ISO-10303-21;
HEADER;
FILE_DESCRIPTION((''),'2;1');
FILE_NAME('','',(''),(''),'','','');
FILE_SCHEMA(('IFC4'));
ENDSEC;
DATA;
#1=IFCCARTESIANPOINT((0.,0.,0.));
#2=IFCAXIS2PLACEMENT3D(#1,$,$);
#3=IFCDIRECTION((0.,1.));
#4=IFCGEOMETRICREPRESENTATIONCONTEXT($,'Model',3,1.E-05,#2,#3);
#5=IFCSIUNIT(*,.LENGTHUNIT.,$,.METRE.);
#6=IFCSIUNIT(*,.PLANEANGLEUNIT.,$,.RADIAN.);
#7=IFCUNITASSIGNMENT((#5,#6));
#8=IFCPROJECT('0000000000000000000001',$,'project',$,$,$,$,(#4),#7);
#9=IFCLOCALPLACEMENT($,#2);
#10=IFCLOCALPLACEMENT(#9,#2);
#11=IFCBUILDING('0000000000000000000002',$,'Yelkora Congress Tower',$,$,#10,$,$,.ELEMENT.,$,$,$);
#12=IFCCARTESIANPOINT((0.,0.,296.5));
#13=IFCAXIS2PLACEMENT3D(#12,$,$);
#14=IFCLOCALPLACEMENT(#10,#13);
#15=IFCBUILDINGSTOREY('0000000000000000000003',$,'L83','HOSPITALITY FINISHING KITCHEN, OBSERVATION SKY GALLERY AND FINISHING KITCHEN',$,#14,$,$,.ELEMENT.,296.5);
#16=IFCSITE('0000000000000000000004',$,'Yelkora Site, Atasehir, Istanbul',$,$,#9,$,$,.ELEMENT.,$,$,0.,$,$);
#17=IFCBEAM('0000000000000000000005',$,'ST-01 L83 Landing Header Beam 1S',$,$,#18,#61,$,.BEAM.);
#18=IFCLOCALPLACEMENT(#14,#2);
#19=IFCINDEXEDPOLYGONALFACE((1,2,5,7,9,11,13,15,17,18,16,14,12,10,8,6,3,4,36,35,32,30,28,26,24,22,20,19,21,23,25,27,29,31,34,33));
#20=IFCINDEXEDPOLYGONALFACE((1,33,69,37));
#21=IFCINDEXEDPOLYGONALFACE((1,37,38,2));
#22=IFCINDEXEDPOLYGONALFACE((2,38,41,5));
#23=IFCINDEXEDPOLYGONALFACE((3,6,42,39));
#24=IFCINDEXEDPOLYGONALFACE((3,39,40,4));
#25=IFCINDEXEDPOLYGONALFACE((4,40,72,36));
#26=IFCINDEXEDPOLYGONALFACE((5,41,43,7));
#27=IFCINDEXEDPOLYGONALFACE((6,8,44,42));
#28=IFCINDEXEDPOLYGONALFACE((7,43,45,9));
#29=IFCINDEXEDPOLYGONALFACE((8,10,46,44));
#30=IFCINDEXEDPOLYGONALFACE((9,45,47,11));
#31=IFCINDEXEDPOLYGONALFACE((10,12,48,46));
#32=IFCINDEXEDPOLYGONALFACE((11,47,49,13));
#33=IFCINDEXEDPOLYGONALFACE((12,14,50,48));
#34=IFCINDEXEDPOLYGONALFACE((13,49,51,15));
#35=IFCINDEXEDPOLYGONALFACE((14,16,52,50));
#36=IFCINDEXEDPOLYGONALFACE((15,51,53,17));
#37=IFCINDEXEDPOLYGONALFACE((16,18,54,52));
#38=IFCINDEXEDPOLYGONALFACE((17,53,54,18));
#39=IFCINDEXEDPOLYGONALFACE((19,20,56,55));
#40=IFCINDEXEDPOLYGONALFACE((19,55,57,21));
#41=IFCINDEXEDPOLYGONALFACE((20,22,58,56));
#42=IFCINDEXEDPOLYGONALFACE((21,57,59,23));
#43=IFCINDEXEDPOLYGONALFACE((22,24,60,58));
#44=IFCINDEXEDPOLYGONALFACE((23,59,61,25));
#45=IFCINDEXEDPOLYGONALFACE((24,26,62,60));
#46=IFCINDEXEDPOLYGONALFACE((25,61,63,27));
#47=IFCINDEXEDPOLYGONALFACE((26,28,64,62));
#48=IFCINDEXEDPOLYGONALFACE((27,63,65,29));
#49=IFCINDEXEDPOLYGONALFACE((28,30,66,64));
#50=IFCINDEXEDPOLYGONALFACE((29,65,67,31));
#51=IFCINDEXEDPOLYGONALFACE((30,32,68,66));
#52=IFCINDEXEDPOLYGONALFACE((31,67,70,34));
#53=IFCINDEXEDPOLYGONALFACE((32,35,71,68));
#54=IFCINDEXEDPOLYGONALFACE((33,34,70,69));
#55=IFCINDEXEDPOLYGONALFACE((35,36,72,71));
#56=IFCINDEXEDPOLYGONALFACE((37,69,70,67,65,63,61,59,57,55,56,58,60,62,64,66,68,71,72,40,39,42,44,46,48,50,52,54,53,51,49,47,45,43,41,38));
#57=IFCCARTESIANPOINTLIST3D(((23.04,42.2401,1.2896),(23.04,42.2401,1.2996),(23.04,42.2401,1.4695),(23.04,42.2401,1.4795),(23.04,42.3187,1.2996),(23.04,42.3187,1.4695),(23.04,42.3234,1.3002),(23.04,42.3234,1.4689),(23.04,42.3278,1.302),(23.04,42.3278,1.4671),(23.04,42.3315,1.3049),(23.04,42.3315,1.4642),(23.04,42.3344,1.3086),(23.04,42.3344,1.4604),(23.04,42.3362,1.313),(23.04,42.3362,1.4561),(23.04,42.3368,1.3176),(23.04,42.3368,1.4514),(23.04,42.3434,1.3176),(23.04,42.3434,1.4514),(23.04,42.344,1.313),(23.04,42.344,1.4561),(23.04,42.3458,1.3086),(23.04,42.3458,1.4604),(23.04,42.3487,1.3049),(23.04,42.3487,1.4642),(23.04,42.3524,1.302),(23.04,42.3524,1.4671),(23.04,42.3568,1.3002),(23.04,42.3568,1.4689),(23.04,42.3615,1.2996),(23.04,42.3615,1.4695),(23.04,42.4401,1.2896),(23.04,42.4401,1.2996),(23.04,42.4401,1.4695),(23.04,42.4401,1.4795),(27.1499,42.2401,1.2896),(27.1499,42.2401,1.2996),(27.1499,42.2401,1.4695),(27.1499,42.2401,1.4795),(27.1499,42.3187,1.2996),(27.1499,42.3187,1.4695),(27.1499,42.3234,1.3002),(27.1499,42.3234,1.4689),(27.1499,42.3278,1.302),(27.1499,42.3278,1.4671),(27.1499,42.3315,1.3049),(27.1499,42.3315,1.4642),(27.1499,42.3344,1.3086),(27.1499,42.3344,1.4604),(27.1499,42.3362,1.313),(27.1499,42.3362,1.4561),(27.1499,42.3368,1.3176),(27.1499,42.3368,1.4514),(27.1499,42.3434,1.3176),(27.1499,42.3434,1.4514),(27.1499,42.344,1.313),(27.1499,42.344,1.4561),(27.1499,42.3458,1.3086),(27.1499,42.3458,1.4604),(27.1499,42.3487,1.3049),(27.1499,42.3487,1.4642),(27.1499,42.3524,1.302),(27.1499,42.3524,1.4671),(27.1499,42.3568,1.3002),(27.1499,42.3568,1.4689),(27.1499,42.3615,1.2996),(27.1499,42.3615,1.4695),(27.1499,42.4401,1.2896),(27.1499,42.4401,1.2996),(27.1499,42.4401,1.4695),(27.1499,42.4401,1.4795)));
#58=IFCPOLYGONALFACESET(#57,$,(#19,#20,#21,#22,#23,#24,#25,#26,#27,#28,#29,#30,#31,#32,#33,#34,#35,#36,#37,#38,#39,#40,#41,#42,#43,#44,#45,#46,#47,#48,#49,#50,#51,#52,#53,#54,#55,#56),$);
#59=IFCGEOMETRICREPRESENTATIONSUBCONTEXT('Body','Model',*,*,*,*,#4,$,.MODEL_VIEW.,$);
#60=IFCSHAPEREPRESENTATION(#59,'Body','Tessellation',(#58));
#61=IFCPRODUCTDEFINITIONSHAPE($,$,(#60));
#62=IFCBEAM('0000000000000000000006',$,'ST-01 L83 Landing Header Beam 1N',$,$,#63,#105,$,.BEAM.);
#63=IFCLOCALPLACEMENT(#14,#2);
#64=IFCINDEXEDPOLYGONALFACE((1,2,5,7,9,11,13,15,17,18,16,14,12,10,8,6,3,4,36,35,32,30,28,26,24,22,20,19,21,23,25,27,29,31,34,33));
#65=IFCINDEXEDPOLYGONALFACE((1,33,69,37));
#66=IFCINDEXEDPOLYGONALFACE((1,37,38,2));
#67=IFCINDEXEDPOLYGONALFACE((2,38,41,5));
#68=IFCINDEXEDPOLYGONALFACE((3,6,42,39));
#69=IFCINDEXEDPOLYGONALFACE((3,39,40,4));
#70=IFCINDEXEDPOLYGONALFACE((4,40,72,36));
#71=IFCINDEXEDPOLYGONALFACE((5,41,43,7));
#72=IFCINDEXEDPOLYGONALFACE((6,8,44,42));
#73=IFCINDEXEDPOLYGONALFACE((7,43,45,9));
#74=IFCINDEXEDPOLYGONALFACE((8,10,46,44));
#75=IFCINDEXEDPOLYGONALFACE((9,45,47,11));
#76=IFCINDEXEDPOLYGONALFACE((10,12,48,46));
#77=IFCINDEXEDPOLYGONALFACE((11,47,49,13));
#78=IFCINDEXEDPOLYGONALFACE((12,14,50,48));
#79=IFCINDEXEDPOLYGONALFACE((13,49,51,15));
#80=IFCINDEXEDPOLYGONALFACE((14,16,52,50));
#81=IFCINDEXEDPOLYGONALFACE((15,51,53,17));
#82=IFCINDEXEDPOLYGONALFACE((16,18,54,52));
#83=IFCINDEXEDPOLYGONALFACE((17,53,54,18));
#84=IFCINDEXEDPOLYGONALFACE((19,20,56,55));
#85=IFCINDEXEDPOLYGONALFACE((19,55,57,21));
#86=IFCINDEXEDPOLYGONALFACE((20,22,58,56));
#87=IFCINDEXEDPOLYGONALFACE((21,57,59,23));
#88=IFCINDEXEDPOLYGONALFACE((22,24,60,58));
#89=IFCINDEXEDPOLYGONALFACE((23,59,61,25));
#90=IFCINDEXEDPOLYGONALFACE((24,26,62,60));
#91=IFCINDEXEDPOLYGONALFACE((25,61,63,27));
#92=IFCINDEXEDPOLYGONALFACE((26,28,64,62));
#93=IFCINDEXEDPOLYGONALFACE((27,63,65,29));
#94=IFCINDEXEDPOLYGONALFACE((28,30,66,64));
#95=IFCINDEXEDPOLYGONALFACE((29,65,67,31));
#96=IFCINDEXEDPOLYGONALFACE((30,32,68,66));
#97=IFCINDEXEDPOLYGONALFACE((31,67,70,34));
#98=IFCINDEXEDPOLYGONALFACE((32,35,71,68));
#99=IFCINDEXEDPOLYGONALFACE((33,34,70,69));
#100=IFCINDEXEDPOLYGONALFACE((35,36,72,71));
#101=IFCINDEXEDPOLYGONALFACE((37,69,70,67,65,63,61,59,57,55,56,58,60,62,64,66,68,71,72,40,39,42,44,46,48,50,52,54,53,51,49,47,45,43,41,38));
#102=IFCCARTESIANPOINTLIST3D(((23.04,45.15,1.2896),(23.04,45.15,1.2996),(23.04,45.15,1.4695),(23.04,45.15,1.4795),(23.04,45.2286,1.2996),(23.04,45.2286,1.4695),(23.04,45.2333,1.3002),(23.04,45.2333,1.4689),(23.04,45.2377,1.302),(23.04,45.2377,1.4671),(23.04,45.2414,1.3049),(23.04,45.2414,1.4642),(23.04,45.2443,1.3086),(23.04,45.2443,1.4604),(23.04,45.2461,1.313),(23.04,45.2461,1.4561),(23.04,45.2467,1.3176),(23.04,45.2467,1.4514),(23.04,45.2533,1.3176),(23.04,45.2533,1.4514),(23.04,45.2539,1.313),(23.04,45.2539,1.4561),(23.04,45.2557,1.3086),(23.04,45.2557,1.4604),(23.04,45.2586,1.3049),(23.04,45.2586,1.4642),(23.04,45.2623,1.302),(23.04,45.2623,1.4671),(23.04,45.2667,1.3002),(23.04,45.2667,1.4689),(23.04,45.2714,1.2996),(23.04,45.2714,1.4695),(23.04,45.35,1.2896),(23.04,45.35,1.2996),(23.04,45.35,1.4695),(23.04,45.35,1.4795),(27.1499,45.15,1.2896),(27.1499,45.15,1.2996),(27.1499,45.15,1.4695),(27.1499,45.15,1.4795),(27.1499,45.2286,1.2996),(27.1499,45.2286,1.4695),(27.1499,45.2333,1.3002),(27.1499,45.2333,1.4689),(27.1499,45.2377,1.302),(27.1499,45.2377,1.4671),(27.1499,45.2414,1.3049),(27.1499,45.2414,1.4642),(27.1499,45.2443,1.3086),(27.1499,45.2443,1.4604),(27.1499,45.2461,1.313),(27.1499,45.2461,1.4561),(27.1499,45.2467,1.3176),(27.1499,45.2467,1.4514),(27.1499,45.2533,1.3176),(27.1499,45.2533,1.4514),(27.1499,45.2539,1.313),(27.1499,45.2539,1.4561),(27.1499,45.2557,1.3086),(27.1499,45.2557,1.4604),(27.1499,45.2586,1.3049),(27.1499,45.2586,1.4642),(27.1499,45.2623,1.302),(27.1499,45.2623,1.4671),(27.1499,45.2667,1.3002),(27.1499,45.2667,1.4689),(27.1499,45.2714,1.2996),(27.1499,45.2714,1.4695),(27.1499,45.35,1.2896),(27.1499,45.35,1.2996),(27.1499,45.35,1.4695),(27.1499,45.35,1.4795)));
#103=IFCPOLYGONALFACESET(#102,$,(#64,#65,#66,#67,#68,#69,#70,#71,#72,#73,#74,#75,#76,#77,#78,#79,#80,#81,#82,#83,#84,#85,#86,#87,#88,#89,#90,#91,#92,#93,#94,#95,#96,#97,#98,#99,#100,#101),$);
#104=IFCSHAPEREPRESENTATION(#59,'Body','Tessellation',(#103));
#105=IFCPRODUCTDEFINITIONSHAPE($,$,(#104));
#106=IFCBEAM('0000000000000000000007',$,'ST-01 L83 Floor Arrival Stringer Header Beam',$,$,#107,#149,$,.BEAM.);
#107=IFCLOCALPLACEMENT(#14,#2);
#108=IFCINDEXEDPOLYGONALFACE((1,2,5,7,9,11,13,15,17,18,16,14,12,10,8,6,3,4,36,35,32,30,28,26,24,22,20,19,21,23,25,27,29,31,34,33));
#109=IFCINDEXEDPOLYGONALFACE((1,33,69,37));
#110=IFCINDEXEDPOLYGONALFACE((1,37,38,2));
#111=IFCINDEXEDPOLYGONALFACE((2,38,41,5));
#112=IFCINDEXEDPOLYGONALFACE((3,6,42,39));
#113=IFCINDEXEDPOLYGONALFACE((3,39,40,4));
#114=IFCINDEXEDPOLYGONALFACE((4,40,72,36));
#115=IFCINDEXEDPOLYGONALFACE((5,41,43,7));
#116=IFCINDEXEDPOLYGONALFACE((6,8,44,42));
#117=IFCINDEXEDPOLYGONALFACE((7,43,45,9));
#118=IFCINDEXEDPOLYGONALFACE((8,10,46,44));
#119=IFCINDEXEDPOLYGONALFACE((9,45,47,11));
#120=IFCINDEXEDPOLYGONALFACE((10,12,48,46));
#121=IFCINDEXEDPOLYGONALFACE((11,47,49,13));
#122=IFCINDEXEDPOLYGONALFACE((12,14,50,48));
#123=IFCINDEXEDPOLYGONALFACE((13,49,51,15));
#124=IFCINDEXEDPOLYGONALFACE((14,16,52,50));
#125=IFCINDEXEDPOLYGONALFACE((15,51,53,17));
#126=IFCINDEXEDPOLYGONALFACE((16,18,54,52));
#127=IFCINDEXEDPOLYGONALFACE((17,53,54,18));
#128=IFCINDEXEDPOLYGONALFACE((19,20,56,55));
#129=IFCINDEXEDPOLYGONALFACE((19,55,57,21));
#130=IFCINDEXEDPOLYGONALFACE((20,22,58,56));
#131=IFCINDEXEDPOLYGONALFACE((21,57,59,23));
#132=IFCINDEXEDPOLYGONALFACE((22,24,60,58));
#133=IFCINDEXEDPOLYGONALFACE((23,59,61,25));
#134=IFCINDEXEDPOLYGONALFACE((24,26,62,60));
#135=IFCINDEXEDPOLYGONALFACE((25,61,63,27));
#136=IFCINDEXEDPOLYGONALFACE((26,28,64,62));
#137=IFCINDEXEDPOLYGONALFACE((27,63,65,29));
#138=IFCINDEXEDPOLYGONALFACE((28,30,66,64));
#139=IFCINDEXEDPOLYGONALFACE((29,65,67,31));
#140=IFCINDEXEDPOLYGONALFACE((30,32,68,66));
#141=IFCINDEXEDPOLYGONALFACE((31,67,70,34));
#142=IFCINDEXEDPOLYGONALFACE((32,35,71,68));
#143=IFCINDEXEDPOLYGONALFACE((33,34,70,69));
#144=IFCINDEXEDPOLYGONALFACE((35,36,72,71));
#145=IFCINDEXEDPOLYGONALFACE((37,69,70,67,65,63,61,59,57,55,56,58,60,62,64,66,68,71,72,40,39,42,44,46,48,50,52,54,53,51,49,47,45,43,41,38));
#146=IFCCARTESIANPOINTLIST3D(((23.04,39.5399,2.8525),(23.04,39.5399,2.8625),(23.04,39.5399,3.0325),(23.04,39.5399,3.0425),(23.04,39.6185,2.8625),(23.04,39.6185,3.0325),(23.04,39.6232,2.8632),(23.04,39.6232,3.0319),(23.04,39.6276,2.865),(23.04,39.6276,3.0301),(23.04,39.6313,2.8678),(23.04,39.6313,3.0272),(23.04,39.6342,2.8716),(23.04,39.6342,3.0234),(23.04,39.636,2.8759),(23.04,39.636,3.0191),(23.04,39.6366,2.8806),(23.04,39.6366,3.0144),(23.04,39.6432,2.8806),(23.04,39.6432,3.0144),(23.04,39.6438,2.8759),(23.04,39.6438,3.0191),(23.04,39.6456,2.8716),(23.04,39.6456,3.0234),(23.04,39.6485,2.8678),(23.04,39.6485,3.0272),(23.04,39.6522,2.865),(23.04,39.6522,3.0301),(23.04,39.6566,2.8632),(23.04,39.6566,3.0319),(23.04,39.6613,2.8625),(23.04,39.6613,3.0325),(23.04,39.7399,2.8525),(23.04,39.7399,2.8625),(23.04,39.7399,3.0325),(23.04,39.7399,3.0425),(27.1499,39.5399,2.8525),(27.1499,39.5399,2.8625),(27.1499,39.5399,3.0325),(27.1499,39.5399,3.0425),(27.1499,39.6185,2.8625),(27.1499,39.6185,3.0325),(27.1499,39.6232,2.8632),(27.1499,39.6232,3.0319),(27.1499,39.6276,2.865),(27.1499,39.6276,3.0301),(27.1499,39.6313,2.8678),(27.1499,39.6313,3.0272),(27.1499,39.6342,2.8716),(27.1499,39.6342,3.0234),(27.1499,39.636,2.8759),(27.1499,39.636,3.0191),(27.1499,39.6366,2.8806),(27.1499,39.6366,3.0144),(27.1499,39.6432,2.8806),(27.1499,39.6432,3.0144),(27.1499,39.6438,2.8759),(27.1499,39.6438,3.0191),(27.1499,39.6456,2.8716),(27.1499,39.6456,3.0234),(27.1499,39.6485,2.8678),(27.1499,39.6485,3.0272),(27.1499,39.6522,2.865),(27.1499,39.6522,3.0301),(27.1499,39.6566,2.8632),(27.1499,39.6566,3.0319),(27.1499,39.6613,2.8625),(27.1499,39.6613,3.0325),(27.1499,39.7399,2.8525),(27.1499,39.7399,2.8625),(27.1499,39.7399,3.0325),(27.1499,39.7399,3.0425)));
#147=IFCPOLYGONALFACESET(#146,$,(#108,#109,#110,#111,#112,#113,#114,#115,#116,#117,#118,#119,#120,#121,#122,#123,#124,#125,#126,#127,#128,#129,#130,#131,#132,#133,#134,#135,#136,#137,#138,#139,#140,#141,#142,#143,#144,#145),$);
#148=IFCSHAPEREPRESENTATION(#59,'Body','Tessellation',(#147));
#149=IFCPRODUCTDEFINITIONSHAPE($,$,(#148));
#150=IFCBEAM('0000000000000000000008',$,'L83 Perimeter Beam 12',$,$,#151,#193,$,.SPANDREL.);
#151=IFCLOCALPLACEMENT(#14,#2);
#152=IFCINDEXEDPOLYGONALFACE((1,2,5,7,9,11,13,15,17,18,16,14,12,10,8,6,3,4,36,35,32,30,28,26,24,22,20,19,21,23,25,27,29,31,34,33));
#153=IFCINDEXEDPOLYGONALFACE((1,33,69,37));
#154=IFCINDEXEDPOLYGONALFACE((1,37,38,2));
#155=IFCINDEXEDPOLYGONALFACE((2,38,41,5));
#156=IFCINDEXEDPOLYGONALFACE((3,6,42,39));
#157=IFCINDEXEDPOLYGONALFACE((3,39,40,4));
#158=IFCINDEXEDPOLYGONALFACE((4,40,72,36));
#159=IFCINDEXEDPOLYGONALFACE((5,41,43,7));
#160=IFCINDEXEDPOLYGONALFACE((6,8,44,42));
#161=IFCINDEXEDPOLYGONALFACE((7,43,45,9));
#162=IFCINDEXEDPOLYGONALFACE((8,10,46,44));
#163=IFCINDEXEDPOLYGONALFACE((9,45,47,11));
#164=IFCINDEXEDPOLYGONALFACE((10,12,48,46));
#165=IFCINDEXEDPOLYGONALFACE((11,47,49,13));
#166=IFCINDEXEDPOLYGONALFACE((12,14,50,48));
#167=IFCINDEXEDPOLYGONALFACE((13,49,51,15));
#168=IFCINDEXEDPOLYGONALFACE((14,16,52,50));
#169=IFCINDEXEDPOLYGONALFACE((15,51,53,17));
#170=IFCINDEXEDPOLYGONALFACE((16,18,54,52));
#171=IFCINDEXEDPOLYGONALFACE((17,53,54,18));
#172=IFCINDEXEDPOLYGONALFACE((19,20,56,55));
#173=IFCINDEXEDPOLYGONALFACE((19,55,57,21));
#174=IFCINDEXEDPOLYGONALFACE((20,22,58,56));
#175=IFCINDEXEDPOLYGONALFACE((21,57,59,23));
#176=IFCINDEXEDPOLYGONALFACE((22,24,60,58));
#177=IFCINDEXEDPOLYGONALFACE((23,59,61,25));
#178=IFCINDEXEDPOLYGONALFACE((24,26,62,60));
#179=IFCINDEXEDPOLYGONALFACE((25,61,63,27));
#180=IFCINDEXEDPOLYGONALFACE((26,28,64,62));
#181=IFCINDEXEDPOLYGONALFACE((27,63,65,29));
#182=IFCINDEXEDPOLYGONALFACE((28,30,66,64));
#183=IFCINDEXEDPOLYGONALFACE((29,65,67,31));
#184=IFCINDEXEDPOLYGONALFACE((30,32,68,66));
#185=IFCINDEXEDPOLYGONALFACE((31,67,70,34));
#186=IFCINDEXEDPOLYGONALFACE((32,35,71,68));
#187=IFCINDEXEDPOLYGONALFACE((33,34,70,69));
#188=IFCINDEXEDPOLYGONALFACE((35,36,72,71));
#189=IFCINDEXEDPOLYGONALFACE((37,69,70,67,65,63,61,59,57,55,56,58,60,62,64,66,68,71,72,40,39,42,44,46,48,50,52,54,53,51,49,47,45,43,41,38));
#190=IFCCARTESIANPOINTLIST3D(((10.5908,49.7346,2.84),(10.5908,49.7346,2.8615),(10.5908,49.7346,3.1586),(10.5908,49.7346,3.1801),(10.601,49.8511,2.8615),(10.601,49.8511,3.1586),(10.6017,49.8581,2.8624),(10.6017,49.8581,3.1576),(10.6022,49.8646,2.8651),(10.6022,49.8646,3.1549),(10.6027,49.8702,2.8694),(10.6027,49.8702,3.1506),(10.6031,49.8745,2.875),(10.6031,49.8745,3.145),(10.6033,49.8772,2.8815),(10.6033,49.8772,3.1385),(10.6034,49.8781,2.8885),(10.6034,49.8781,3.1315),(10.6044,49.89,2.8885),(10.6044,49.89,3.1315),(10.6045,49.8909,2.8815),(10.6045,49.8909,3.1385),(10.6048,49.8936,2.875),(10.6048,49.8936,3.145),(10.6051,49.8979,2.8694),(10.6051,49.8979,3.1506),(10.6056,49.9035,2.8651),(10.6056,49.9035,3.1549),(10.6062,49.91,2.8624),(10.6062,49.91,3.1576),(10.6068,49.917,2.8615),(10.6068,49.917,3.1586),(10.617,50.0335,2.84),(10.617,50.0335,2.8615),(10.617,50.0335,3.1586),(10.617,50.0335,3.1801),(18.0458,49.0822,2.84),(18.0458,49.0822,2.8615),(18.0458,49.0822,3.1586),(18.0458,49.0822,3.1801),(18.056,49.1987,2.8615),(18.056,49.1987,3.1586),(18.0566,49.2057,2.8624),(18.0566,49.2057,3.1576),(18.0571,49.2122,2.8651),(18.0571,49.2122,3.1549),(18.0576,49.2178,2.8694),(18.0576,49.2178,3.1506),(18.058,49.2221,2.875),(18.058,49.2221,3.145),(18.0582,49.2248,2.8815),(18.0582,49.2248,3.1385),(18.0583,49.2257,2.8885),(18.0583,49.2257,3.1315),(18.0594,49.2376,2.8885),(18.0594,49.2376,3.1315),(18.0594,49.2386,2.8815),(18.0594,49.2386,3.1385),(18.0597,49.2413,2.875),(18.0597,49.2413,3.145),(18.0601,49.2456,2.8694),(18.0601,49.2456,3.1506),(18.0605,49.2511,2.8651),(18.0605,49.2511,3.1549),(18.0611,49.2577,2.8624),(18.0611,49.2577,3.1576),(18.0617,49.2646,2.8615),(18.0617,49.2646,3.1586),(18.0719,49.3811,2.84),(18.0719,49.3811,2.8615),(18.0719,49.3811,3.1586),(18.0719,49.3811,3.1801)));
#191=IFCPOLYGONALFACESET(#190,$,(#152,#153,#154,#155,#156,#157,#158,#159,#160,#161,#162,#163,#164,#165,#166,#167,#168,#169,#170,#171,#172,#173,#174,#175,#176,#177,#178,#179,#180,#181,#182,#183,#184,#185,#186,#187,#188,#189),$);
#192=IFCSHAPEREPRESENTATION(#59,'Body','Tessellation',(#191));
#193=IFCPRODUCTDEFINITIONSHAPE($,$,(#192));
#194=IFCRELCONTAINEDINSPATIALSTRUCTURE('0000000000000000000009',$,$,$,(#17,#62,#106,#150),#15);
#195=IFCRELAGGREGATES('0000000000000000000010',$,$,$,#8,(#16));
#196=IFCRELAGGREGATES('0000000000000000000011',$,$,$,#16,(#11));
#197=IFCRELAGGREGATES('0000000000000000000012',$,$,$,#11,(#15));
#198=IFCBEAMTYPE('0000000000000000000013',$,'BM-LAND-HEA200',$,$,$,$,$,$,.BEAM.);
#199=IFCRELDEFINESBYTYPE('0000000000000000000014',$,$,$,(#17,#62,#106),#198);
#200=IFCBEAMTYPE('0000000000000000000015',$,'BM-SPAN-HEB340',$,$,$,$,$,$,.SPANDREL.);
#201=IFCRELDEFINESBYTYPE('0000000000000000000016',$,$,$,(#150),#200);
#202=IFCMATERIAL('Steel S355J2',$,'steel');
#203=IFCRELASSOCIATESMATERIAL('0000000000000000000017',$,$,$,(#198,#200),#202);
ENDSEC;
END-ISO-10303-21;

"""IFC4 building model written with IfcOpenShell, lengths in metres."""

from ifc_helpers import new_model, si_unit, direction, frame, origin, origin_2d, place, context, subcontext, project, spatial, i_section, extrude, material, material_profile, profile_set, type_object, element, save


model = new_model("IFC4")

# Units and contexts
model_context = context("Model", 3, precision=1e-05, world=origin(), true_north=direction((0.0, 1.0)))
body_context = subcontext(model_context, "Body", "Model", "MODEL_VIEW")
ifc_project = project(units=[si_unit("LENGTHUNIT", "METRE"), si_unit("PLANEANGLEUNIT", "RADIAN")], contexts=[model_context])

# Site, building, storey
site_placement = place(None, origin())
site = spatial("IfcSite", under=ifc_project, at=site_placement, Name="Yelkora Site, Atasehir, Istanbul", CompositionType="ELEMENT", RefElevation=0.0)
building_placement = place(site_placement, origin())
building = spatial("IfcBuilding", under=site, at=building_placement, Name="Yelkora Congress Tower", CompositionType="ELEMENT")
storey_placement = place(building_placement, frame((0.0, 0.0, 296.5)))
storey = spatial("IfcBuildingStorey", under=building, at=storey_placement, Name="L83", Description="HOSPITALITY FINISHING KITCHEN, OBSERVATION SKY GALLERY AND FINISHING KITCHEN", CompositionType="ELEMENT", Elevation=296.5)

# Shared definitions
ifc_material_1 = material(Name="Steel S355J2", Category="steel")

# Beams
ifc_material_profile_1 = material_profile(ifc_material_1, i_section(OverallWidth=0.2, OverallDepth=0.1899, WebThickness=0.0066, FlangeThickness=0.01, FilletRadius=0.0181, at=origin_2d()), Name="HEA 200")
ifc_profile_set_1 = profile_set([ifc_material_profile_1], Name="Steel S355J2")
beam_type_1 = type_object("IfcBeamType", Name="BM-LAND-HEA200", PredefinedType="BEAM", material=ifc_profile_set_1)
for number, where, z_axis, x_axis, name in (
    (1, (23.04, 42.3401, 1.3845), (1.0, 0.0, 0.0), (0.0, 1.0, 0.0), "ST-01 L83 Landing Header Beam 1S"),
    (2, (23.04, 45.25, 1.3845), (1.0, 0.0, 0.0), (0.0, 1.0, 0.0), "ST-01 L83 Landing Header Beam 1N"),
    (3, (23.04, 39.6399, 2.9475), (1.0, 0.0, 0.0), (0.0, 1.0, 0.0), "ST-01 L83 Floor Arrival Stringer Header Beam"),
):
    element("IfcBeam", number, at=place(storey_placement, frame(where, z_axis=z_axis, x_axis=x_axis)), inside=storey, type_object=beam_type_1, Name=name, PredefinedType="BEAM", context=body_context, shape_type="SweptSolid", body=[
        extrude(i_section(OverallWidth=0.2, OverallDepth=0.1899, WebThickness=0.0066, FlangeThickness=0.01, FilletRadius=0.0181, at=origin_2d()), origin(), (0.0, 0.0, 1.0), 4.1099),
    ])
ifc_material_profile_2 = material_profile(ifc_material_1, i_section(OverallWidth=0.3, OverallDepth=0.3401, WebThickness=0.012, FlangeThickness=0.0215, FilletRadius=0.0271, at=origin_2d()), Name="HEB 340")
ifc_profile_set_2 = profile_set([ifc_material_profile_2], Name="Steel S355J2")
beam_type_2 = type_object("IfcBeamType", Name="BM-SPAN-HEB340", PredefinedType="SPANDREL", material=ifc_profile_set_2)
beam_1_placement = place(storey_placement, frame((18.0588, 49.2317, 3.01), z_axis=(-0.996193, 0.087173, 0.0), x_axis=(-0.087173, -0.996193, 0.0)))
element("IfcBeam", 4, at=beam_1_placement, inside=storey, type_object=beam_type_2, Name="L83 Perimeter Beam 12", PredefinedType="SPANDREL", context=body_context, shape_type="SweptSolid", body=[
    extrude(i_section(OverallWidth=0.3, OverallDepth=0.3401, WebThickness=0.012, FlangeThickness=0.0215, FilletRadius=0.0271, at=origin_2d()), origin(), (0.0, 0.0, 1.0), 7.4834),
])

save(model, "model.ifc")
